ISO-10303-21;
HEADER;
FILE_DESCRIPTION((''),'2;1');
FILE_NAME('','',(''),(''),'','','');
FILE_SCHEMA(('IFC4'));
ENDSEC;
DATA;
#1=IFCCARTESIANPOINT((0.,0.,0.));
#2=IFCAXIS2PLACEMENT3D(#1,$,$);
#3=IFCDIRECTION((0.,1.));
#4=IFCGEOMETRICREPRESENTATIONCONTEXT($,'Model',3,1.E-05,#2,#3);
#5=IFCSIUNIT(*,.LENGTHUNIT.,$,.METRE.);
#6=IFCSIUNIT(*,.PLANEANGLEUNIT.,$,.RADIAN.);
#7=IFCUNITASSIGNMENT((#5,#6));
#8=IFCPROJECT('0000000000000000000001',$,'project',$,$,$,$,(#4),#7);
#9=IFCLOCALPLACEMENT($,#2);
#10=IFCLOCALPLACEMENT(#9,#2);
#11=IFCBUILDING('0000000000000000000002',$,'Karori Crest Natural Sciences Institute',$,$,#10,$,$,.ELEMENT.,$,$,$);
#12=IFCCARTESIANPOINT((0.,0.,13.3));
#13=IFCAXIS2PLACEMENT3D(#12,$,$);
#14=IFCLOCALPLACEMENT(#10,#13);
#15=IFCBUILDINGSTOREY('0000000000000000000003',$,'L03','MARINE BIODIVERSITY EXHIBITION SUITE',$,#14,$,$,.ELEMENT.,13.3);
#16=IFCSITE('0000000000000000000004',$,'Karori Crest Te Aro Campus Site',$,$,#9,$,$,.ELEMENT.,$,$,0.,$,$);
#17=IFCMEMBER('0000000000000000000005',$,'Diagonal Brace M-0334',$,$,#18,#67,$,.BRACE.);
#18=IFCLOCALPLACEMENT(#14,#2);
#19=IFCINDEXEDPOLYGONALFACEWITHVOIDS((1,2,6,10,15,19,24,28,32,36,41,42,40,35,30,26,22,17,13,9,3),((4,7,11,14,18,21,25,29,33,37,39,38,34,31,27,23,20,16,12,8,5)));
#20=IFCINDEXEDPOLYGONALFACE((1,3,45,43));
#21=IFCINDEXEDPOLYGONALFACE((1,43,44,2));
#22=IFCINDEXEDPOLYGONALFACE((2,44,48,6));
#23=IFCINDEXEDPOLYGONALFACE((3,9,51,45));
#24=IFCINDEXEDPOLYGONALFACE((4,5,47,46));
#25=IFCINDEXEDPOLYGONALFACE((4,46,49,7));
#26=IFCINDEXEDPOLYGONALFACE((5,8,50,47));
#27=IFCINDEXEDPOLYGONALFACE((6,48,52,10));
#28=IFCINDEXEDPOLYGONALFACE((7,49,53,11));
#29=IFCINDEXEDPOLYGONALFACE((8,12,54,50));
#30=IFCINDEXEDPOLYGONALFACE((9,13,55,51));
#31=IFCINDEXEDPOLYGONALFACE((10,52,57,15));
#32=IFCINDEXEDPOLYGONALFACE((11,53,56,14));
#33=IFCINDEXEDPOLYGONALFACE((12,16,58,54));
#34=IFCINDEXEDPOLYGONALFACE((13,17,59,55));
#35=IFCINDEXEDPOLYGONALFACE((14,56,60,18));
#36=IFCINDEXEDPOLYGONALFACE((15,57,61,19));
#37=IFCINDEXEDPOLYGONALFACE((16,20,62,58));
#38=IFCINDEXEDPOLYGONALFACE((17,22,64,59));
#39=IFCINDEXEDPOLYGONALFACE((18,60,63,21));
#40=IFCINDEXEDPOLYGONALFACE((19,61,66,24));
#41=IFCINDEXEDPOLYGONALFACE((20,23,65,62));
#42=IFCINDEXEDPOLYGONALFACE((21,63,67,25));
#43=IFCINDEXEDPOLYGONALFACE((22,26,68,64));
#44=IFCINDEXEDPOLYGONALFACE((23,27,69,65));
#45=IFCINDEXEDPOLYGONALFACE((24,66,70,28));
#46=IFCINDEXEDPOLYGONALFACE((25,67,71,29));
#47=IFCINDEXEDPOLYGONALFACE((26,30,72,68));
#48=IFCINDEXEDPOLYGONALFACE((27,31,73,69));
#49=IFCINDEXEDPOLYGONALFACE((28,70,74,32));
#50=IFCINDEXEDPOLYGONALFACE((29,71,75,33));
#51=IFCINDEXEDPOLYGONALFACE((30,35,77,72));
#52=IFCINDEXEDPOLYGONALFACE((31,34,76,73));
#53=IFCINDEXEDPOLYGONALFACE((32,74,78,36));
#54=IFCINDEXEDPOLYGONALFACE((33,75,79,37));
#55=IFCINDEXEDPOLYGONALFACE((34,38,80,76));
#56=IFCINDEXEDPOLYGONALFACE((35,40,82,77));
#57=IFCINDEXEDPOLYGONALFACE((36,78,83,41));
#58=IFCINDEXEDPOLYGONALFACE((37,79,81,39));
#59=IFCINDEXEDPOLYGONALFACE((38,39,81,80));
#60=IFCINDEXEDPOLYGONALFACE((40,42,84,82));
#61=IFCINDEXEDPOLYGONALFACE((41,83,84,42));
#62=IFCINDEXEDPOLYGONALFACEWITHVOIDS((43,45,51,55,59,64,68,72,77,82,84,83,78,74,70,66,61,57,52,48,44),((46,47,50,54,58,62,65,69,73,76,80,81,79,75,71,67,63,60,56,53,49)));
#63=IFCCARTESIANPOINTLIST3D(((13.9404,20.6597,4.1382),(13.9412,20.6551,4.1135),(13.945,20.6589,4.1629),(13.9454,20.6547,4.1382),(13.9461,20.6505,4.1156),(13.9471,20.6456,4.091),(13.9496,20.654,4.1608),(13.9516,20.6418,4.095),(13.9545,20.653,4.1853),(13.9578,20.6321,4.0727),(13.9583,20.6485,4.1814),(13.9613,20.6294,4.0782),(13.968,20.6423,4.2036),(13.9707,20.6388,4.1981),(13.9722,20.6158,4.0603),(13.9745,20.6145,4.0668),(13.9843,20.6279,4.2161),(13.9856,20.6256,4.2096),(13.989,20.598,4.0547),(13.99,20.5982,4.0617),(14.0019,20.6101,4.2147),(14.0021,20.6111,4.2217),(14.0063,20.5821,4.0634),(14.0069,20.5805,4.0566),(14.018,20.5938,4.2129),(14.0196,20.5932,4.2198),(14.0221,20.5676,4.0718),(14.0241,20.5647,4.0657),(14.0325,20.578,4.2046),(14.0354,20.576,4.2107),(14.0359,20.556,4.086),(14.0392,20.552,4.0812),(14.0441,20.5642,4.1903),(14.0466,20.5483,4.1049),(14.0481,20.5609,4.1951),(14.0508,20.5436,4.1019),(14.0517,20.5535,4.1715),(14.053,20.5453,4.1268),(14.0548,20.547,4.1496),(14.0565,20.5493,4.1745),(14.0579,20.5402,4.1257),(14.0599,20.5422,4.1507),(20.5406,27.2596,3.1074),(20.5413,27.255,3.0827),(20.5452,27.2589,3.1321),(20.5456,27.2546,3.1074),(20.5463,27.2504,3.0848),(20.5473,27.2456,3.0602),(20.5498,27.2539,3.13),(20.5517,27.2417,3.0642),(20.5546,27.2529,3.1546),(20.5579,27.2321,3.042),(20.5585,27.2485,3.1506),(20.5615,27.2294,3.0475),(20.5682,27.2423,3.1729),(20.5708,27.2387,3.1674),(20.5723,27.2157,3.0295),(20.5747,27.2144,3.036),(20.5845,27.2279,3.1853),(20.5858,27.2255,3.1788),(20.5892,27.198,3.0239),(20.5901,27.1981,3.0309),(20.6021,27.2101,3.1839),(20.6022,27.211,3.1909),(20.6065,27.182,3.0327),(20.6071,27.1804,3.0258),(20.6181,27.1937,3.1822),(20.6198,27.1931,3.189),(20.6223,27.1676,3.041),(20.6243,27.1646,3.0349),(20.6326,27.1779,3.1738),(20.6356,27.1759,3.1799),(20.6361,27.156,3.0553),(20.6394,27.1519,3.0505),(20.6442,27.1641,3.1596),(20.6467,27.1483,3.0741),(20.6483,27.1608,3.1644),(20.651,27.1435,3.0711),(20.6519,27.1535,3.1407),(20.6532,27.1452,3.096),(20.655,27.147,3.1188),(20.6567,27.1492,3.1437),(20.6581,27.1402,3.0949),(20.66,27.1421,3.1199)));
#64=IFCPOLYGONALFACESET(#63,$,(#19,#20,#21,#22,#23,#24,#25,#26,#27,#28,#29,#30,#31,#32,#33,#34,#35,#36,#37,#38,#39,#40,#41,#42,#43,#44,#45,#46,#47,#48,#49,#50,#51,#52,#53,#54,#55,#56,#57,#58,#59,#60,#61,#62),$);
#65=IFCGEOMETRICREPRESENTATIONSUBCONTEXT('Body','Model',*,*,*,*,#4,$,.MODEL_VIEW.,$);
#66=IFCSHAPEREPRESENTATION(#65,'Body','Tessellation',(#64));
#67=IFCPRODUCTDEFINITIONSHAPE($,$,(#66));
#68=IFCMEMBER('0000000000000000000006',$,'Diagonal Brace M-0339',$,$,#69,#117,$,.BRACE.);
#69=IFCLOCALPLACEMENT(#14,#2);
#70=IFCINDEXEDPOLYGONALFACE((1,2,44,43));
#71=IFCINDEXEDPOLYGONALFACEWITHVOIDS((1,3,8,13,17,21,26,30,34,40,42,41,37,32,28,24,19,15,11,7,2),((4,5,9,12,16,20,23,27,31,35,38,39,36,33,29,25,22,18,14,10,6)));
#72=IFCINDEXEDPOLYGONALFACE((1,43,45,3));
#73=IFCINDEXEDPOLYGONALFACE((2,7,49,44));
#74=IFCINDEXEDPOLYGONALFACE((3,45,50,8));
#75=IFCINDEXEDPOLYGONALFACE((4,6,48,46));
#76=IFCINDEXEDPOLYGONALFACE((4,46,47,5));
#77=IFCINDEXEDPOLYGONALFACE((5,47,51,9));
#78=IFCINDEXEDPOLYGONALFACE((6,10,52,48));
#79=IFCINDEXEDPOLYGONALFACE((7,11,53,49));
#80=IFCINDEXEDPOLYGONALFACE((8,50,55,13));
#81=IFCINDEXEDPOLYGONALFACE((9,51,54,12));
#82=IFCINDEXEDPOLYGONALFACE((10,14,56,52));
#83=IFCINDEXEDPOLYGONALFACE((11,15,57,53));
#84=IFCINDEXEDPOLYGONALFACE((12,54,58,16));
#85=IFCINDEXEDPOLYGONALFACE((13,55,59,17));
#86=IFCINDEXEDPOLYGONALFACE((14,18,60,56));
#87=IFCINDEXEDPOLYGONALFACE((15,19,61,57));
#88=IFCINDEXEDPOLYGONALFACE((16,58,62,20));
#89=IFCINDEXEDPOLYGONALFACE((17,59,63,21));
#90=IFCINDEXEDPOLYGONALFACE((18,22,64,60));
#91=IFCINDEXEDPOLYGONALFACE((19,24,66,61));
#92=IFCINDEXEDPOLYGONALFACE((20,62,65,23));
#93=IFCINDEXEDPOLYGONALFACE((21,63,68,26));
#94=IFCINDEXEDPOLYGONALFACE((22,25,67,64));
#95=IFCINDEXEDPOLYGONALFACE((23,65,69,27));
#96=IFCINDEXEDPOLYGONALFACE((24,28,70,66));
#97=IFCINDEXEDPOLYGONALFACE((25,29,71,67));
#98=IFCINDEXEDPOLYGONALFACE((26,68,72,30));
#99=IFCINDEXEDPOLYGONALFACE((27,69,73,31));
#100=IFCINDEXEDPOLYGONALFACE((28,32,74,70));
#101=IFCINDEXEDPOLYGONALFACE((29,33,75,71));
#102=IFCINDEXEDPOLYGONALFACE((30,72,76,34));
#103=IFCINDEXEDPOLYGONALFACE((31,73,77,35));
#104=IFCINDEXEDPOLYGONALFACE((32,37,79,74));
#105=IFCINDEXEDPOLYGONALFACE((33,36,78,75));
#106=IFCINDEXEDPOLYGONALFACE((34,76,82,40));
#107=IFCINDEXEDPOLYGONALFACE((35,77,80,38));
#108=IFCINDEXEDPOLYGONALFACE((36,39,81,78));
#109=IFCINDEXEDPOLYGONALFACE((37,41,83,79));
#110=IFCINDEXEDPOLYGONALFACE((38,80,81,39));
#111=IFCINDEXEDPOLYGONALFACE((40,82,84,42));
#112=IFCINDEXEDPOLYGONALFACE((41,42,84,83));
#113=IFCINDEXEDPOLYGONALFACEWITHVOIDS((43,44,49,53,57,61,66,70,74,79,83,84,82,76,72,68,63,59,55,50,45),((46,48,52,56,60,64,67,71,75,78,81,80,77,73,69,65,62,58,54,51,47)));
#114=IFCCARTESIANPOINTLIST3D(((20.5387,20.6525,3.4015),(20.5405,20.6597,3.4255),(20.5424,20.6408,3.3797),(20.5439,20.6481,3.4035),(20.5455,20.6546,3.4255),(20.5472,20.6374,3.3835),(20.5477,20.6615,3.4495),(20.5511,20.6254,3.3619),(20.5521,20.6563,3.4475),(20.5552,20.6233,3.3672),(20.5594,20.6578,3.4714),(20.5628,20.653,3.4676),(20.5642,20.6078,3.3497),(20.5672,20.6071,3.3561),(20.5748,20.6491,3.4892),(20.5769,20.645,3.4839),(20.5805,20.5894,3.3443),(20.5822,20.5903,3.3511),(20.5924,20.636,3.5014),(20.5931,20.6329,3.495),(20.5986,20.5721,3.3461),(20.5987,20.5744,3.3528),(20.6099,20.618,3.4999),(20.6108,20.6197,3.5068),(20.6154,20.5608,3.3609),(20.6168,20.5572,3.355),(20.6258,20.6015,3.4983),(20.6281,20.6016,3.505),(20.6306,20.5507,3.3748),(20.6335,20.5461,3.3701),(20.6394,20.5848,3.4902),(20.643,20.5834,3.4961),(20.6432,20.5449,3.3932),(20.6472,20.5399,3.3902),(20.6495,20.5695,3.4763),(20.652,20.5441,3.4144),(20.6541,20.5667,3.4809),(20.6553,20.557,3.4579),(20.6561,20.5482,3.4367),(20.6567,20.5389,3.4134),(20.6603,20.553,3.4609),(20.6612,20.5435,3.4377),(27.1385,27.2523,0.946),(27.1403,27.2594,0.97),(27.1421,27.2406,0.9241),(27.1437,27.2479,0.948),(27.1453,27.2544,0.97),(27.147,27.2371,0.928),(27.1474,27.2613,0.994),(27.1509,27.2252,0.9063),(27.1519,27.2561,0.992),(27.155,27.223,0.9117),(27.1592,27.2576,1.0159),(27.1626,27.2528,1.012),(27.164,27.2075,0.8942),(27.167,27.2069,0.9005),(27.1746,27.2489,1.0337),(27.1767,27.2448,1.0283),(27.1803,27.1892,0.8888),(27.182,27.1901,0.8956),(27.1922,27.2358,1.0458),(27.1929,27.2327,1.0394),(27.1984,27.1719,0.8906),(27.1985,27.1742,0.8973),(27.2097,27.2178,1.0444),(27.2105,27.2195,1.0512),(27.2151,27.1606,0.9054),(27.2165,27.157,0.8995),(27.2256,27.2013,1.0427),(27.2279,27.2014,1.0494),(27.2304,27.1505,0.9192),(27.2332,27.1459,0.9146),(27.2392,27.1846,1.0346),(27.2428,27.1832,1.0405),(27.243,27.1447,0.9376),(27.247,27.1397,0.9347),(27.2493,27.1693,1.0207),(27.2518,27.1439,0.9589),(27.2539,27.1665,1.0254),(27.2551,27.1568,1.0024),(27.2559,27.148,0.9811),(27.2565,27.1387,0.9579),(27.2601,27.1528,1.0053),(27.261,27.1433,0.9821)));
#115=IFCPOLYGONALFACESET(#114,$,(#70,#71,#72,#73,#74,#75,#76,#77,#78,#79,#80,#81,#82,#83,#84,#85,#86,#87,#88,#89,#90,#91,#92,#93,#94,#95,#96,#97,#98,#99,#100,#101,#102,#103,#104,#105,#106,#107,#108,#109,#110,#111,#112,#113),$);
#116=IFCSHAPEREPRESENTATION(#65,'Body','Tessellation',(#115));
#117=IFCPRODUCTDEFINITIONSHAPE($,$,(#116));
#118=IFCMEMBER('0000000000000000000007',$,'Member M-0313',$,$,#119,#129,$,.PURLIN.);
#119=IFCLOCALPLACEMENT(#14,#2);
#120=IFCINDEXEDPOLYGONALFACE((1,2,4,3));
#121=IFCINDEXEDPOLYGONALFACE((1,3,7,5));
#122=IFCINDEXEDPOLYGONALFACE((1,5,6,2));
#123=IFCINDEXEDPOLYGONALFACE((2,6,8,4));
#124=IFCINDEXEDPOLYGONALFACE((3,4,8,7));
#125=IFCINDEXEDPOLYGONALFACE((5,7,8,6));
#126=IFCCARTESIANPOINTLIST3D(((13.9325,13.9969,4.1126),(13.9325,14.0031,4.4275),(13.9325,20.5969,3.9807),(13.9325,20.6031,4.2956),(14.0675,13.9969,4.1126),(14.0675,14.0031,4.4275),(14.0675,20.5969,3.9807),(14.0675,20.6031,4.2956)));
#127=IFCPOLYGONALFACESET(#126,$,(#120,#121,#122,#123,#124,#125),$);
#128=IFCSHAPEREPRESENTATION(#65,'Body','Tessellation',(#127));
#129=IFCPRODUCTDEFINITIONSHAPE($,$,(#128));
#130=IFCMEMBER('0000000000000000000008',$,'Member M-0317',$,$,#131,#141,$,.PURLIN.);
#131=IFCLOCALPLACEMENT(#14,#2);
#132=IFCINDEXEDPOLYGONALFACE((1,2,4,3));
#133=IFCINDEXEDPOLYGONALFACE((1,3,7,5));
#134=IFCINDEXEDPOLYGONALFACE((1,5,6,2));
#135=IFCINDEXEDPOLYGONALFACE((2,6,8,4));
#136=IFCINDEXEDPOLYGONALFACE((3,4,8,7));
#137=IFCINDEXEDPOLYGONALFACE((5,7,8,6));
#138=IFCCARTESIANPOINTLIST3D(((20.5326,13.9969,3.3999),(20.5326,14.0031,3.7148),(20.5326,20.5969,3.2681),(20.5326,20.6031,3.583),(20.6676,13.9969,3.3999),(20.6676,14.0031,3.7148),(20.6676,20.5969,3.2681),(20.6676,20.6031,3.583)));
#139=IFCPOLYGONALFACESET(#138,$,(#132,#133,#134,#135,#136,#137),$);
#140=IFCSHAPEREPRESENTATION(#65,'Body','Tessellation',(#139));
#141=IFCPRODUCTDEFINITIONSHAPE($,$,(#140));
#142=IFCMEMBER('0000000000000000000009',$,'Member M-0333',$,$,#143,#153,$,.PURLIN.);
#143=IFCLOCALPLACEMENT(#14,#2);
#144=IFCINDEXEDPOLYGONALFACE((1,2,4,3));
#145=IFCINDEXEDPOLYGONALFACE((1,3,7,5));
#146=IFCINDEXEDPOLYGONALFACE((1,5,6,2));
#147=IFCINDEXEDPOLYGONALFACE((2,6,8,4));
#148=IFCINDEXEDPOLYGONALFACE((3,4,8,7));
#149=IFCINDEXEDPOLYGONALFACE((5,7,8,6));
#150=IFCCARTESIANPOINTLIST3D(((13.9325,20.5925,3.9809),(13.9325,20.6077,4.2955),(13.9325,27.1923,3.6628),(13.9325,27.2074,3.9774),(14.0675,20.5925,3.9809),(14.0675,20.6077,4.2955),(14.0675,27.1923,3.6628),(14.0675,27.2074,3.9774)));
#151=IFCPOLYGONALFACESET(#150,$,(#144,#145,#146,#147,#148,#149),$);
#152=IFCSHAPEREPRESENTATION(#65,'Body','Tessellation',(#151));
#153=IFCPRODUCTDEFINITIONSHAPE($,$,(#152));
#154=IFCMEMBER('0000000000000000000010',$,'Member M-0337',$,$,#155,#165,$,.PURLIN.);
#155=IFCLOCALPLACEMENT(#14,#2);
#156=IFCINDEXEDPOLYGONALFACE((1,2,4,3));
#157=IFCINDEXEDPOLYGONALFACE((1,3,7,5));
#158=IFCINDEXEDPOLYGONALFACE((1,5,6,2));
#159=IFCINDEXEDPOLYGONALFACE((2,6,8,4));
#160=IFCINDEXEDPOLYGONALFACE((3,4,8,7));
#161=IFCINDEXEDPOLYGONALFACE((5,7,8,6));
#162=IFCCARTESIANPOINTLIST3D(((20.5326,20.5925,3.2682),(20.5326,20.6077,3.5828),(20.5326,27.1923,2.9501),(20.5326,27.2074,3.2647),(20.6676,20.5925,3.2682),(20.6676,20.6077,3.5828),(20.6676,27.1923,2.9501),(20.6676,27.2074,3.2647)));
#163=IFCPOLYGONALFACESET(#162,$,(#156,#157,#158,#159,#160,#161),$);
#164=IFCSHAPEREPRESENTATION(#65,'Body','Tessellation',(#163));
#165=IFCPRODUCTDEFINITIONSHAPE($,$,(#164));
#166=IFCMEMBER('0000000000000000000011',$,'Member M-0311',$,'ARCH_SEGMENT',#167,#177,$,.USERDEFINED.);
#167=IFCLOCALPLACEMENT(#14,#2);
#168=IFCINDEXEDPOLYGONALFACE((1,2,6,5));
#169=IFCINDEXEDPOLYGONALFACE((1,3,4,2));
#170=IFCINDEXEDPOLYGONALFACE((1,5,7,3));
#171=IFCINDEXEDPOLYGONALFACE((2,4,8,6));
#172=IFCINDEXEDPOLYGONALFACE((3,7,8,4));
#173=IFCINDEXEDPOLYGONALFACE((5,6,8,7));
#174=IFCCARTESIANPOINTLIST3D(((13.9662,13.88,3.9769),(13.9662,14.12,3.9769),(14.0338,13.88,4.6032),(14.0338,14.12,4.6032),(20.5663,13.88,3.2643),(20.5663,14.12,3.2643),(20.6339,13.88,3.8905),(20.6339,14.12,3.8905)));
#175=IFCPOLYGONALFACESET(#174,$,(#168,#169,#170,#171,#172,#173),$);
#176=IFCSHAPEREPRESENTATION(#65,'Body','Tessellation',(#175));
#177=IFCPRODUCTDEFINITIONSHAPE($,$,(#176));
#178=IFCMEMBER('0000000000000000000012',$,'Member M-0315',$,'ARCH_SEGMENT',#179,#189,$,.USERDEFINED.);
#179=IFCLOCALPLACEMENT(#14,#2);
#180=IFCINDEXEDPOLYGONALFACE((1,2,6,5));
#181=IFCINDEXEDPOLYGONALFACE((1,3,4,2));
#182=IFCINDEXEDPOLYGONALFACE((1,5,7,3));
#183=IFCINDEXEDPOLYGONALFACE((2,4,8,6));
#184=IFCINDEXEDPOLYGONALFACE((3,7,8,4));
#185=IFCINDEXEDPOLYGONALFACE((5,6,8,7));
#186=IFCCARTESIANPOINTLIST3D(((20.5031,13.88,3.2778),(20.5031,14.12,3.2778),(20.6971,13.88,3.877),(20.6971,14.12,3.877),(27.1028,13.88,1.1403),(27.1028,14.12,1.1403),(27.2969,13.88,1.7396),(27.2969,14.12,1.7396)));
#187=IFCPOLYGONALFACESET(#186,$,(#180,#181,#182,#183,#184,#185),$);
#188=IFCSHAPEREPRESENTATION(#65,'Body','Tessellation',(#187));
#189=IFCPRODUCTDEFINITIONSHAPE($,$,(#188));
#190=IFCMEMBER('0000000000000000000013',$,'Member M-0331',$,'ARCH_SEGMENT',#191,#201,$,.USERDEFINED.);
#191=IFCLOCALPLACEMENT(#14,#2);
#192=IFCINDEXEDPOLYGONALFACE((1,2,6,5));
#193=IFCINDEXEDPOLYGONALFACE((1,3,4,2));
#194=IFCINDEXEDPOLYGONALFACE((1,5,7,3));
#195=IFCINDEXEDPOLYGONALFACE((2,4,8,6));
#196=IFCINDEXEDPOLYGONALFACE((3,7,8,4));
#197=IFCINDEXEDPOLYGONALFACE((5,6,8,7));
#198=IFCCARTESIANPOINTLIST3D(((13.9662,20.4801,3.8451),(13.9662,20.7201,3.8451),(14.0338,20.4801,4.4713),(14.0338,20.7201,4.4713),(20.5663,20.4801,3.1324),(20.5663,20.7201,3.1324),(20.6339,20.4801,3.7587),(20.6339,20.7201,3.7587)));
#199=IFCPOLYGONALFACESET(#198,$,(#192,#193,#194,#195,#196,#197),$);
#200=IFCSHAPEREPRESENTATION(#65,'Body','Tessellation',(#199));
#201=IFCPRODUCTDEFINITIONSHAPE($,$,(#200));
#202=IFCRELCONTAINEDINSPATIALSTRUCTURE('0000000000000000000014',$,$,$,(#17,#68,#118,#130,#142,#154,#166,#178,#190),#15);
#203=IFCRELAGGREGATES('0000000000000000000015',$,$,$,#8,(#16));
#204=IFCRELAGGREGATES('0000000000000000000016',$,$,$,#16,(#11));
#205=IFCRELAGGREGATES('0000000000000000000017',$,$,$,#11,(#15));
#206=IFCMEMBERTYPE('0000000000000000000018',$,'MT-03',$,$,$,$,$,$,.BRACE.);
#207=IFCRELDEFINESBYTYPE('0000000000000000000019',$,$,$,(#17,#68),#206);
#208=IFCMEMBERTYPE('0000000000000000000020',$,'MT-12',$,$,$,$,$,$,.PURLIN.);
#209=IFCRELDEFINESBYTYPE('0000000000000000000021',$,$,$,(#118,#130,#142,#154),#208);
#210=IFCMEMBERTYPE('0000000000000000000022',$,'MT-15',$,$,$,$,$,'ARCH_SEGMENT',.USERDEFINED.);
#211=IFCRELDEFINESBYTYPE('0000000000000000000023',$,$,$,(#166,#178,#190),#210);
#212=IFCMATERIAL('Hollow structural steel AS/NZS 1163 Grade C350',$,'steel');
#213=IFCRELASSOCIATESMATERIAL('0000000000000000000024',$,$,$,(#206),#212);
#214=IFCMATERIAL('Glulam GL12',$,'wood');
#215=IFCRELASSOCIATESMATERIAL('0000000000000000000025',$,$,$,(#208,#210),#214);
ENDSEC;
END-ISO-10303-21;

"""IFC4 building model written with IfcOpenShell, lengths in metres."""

from ifc_helpers import new_model, si_unit, direction, frame, origin, origin_2d, place, context, subcontext, project, spatial, rectangle, hollow_circle, extrude, material, material_profile, profile_set, type_object, element, save


model = new_model("IFC4")

# Units and contexts
model_context = context("Model", 3, precision=1e-05, world=origin(), true_north=direction((0.0, 1.0)))
body_context = subcontext(model_context, "Body", "Model", "MODEL_VIEW")
ifc_project = project(units=[si_unit("LENGTHUNIT", "METRE"), si_unit("PLANEANGLEUNIT", "RADIAN")], contexts=[model_context])

# Site, building, storey
site_placement = place(None, origin())
site = spatial("IfcSite", under=ifc_project, at=site_placement, Name="Karori Crest Te Aro Campus Site", CompositionType="ELEMENT", RefElevation=0.0)
building_placement = place(site_placement, origin())
building = spatial("IfcBuilding", under=site, at=building_placement, Name="Karori Crest Natural Sciences Institute", CompositionType="ELEMENT")
storey_placement = place(building_placement, frame((0.0, 0.0, 13.3)))
storey = spatial("IfcBuildingStorey", under=building, at=storey_placement, Name="L03", Description="MARINE BIODIVERSITY EXHIBITION SUITE", CompositionType="ELEMENT", Elevation=13.3)

# Shared definitions
ifc_material_1 = material(Name="Hollow structural steel AS/NZS 1163 Grade C350", Category="steel")

# Members
ifc_material_profile_1 = material_profile(ifc_material_1, hollow_circle(Radius=0.0842, WallThickness=0.0071, at=origin_2d()), Name="CHS168.3x7.1")
ifc_profile_set_1 = profile_set([ifc_material_profile_1], Name="Hollow structural steel AS/NZS 1163 Grade C350")
member_type_1 = type_object("IfcMemberType", Name="MT-03", PredefinedType="BRACE", material=ifc_profile_set_1)
member_1_placement = place(storey_placement, frame((14.0, 20.6001, 4.1382), z_axis=(0.702847, 0.702821, -0.109766), x_axis=(-0.707094, 0.70712, 0.0)))
element("IfcMember", 1, at=member_1_placement, inside=storey, type_object=member_type_1, Name="Diagonal Brace M-0334", PredefinedType="BRACE", context=body_context, shape_type="SweptSolid", body=[
    extrude(hollow_circle(Radius=0.0842, WallThickness=0.0071, at=origin_2d()), origin(), (0.0, 0.0, 1.0), 9.3906),
])
member_2_placement = place(storey_placement, frame((20.6001, 20.6001, 3.4255), z_axis=(0.683837, 0.683837, -0.254431), x_axis=(-0.707107, 0.707107, 0.0)))
element("IfcMember", 2, at=member_2_placement, inside=storey, type_object=member_type_1, Name="Diagonal Brace M-0339", PredefinedType="BRACE", context=body_context, shape_type="SweptSolid", body=[
    extrude(hollow_circle(Radius=0.0842, WallThickness=0.0071, at=origin_2d()), origin(), (0.0, 0.0, 1.0), 9.6511),
])
ifc_material_2 = material(Name="Glulam GL12", Category="wood")
ifc_material_profile_2 = material_profile(ifc_material_2, rectangle(XDim=0.135, YDim=0.3149, at=origin_2d()), Name="GL135x315")
ifc_profile_set_2 = profile_set([ifc_material_profile_2], Name="Glulam GL12")
member_type_2 = type_object("IfcMemberType", Name="MT-12", PredefinedType="PURLIN", material=ifc_profile_set_2)
for number, where, z_axis, x_axis, name in (
    (3, (14.0, 14.0, 4.27), (0.0, 0.999801, -0.019971), (-1.0, 0.0, 0.0), "Member M-0313"),
    (4, (20.6001, 14.0, 3.5574), (0.0, 0.999801, -0.019971), (-1.0, 0.0, 0.0), "Member M-0317"),
):
    element("IfcMember", number, at=place(storey_placement, frame(where, z_axis=z_axis, x_axis=x_axis)), inside=storey, type_object=member_type_2, Name=name, PredefinedType="PURLIN", context=body_context, shape_type="SweptSolid", body=[
        extrude(rectangle(XDim=0.135, YDim=0.3149, at=origin_2d()), origin(), (0.0, 0.0, 1.0), 6.6013),
    ])
for number, where, z_axis, x_axis, name in (
    (5, (14.0, 20.6001, 4.1382), (0.0, 0.99884, -0.048144), (-1.0, 0.0, 0.0), "Member M-0333"),
    (6, (20.6001, 20.6001, 3.4255), (0.0, 0.99884, -0.048144), (-1.0, 0.0, 0.0), "Member M-0337"),
):
    element("IfcMember", number, at=place(storey_placement, frame(where, z_axis=z_axis, x_axis=x_axis)), inside=storey, type_object=member_type_2, Name=name, PredefinedType="PURLIN", context=body_context, shape_type="SweptSolid", body=[
        extrude(rectangle(XDim=0.135, YDim=0.3149, at=origin_2d()), origin(), (0.0, 0.0, 1.0), 6.6074),
    ])
ifc_material_profile_3 = material_profile(ifc_material_2, rectangle(XDim=0.24, YDim=0.6299, at=origin_2d()), Name="GL240x630")
ifc_profile_set_3 = profile_set([ifc_material_profile_3], Name="Glulam GL12")
member_type_3 = type_object("IfcMemberType", Name="MT-15", ElementType="ARCH_SEGMENT", PredefinedType="USERDEFINED", material=ifc_profile_set_3)
member_3_placement = place(storey_placement, frame((14.0, 14.0, 4.29), z_axis=(0.994221, 0.0, -0.107351), x_axis=(0.0, 1.0, 0.0)))
element("IfcMember", 7, at=member_3_placement, inside=storey, type_object=member_type_3, Name="Member M-0311", ObjectType="ARCH_SEGMENT", PredefinedType="USERDEFINED", context=body_context, shape_type="SweptSolid", body=[
    extrude(rectangle(XDim=0.24, YDim=0.6299, at=origin_2d()), origin(), (0.0, 0.0, 1.0), 6.6384),
])
member_4_placement = place(storey_placement, frame((20.6001, 14.0, 3.5774), z_axis=(0.951351, 0.0, -0.308108), x_axis=(0.0, 1.0, 0.0)))
element("IfcMember", 8, at=member_4_placement, inside=storey, type_object=member_type_3, Name="Member M-0315", ObjectType="ARCH_SEGMENT", PredefinedType="USERDEFINED", context=body_context, shape_type="SweptSolid", body=[
    extrude(rectangle(XDim=0.24, YDim=0.6299, at=origin_2d()), origin(), (0.0, 0.0, 1.0), 6.9373),
])
member_5_placement = place(storey_placement, frame((14.0, 20.6001, 4.1582), z_axis=(0.994221, 0.0, -0.107351), x_axis=(0.0, 1.0, 0.0)))
element("IfcMember", 9, at=member_5_placement, inside=storey, type_object=member_type_3, Name="Member M-0331", ObjectType="ARCH_SEGMENT", PredefinedType="USERDEFINED", context=body_context, shape_type="SweptSolid", body=[
    extrude(rectangle(XDim=0.24, YDim=0.6299, at=origin_2d()), origin(), (0.0, 0.0, 1.0), 6.6384),
])

save(model, "model.ifc")
